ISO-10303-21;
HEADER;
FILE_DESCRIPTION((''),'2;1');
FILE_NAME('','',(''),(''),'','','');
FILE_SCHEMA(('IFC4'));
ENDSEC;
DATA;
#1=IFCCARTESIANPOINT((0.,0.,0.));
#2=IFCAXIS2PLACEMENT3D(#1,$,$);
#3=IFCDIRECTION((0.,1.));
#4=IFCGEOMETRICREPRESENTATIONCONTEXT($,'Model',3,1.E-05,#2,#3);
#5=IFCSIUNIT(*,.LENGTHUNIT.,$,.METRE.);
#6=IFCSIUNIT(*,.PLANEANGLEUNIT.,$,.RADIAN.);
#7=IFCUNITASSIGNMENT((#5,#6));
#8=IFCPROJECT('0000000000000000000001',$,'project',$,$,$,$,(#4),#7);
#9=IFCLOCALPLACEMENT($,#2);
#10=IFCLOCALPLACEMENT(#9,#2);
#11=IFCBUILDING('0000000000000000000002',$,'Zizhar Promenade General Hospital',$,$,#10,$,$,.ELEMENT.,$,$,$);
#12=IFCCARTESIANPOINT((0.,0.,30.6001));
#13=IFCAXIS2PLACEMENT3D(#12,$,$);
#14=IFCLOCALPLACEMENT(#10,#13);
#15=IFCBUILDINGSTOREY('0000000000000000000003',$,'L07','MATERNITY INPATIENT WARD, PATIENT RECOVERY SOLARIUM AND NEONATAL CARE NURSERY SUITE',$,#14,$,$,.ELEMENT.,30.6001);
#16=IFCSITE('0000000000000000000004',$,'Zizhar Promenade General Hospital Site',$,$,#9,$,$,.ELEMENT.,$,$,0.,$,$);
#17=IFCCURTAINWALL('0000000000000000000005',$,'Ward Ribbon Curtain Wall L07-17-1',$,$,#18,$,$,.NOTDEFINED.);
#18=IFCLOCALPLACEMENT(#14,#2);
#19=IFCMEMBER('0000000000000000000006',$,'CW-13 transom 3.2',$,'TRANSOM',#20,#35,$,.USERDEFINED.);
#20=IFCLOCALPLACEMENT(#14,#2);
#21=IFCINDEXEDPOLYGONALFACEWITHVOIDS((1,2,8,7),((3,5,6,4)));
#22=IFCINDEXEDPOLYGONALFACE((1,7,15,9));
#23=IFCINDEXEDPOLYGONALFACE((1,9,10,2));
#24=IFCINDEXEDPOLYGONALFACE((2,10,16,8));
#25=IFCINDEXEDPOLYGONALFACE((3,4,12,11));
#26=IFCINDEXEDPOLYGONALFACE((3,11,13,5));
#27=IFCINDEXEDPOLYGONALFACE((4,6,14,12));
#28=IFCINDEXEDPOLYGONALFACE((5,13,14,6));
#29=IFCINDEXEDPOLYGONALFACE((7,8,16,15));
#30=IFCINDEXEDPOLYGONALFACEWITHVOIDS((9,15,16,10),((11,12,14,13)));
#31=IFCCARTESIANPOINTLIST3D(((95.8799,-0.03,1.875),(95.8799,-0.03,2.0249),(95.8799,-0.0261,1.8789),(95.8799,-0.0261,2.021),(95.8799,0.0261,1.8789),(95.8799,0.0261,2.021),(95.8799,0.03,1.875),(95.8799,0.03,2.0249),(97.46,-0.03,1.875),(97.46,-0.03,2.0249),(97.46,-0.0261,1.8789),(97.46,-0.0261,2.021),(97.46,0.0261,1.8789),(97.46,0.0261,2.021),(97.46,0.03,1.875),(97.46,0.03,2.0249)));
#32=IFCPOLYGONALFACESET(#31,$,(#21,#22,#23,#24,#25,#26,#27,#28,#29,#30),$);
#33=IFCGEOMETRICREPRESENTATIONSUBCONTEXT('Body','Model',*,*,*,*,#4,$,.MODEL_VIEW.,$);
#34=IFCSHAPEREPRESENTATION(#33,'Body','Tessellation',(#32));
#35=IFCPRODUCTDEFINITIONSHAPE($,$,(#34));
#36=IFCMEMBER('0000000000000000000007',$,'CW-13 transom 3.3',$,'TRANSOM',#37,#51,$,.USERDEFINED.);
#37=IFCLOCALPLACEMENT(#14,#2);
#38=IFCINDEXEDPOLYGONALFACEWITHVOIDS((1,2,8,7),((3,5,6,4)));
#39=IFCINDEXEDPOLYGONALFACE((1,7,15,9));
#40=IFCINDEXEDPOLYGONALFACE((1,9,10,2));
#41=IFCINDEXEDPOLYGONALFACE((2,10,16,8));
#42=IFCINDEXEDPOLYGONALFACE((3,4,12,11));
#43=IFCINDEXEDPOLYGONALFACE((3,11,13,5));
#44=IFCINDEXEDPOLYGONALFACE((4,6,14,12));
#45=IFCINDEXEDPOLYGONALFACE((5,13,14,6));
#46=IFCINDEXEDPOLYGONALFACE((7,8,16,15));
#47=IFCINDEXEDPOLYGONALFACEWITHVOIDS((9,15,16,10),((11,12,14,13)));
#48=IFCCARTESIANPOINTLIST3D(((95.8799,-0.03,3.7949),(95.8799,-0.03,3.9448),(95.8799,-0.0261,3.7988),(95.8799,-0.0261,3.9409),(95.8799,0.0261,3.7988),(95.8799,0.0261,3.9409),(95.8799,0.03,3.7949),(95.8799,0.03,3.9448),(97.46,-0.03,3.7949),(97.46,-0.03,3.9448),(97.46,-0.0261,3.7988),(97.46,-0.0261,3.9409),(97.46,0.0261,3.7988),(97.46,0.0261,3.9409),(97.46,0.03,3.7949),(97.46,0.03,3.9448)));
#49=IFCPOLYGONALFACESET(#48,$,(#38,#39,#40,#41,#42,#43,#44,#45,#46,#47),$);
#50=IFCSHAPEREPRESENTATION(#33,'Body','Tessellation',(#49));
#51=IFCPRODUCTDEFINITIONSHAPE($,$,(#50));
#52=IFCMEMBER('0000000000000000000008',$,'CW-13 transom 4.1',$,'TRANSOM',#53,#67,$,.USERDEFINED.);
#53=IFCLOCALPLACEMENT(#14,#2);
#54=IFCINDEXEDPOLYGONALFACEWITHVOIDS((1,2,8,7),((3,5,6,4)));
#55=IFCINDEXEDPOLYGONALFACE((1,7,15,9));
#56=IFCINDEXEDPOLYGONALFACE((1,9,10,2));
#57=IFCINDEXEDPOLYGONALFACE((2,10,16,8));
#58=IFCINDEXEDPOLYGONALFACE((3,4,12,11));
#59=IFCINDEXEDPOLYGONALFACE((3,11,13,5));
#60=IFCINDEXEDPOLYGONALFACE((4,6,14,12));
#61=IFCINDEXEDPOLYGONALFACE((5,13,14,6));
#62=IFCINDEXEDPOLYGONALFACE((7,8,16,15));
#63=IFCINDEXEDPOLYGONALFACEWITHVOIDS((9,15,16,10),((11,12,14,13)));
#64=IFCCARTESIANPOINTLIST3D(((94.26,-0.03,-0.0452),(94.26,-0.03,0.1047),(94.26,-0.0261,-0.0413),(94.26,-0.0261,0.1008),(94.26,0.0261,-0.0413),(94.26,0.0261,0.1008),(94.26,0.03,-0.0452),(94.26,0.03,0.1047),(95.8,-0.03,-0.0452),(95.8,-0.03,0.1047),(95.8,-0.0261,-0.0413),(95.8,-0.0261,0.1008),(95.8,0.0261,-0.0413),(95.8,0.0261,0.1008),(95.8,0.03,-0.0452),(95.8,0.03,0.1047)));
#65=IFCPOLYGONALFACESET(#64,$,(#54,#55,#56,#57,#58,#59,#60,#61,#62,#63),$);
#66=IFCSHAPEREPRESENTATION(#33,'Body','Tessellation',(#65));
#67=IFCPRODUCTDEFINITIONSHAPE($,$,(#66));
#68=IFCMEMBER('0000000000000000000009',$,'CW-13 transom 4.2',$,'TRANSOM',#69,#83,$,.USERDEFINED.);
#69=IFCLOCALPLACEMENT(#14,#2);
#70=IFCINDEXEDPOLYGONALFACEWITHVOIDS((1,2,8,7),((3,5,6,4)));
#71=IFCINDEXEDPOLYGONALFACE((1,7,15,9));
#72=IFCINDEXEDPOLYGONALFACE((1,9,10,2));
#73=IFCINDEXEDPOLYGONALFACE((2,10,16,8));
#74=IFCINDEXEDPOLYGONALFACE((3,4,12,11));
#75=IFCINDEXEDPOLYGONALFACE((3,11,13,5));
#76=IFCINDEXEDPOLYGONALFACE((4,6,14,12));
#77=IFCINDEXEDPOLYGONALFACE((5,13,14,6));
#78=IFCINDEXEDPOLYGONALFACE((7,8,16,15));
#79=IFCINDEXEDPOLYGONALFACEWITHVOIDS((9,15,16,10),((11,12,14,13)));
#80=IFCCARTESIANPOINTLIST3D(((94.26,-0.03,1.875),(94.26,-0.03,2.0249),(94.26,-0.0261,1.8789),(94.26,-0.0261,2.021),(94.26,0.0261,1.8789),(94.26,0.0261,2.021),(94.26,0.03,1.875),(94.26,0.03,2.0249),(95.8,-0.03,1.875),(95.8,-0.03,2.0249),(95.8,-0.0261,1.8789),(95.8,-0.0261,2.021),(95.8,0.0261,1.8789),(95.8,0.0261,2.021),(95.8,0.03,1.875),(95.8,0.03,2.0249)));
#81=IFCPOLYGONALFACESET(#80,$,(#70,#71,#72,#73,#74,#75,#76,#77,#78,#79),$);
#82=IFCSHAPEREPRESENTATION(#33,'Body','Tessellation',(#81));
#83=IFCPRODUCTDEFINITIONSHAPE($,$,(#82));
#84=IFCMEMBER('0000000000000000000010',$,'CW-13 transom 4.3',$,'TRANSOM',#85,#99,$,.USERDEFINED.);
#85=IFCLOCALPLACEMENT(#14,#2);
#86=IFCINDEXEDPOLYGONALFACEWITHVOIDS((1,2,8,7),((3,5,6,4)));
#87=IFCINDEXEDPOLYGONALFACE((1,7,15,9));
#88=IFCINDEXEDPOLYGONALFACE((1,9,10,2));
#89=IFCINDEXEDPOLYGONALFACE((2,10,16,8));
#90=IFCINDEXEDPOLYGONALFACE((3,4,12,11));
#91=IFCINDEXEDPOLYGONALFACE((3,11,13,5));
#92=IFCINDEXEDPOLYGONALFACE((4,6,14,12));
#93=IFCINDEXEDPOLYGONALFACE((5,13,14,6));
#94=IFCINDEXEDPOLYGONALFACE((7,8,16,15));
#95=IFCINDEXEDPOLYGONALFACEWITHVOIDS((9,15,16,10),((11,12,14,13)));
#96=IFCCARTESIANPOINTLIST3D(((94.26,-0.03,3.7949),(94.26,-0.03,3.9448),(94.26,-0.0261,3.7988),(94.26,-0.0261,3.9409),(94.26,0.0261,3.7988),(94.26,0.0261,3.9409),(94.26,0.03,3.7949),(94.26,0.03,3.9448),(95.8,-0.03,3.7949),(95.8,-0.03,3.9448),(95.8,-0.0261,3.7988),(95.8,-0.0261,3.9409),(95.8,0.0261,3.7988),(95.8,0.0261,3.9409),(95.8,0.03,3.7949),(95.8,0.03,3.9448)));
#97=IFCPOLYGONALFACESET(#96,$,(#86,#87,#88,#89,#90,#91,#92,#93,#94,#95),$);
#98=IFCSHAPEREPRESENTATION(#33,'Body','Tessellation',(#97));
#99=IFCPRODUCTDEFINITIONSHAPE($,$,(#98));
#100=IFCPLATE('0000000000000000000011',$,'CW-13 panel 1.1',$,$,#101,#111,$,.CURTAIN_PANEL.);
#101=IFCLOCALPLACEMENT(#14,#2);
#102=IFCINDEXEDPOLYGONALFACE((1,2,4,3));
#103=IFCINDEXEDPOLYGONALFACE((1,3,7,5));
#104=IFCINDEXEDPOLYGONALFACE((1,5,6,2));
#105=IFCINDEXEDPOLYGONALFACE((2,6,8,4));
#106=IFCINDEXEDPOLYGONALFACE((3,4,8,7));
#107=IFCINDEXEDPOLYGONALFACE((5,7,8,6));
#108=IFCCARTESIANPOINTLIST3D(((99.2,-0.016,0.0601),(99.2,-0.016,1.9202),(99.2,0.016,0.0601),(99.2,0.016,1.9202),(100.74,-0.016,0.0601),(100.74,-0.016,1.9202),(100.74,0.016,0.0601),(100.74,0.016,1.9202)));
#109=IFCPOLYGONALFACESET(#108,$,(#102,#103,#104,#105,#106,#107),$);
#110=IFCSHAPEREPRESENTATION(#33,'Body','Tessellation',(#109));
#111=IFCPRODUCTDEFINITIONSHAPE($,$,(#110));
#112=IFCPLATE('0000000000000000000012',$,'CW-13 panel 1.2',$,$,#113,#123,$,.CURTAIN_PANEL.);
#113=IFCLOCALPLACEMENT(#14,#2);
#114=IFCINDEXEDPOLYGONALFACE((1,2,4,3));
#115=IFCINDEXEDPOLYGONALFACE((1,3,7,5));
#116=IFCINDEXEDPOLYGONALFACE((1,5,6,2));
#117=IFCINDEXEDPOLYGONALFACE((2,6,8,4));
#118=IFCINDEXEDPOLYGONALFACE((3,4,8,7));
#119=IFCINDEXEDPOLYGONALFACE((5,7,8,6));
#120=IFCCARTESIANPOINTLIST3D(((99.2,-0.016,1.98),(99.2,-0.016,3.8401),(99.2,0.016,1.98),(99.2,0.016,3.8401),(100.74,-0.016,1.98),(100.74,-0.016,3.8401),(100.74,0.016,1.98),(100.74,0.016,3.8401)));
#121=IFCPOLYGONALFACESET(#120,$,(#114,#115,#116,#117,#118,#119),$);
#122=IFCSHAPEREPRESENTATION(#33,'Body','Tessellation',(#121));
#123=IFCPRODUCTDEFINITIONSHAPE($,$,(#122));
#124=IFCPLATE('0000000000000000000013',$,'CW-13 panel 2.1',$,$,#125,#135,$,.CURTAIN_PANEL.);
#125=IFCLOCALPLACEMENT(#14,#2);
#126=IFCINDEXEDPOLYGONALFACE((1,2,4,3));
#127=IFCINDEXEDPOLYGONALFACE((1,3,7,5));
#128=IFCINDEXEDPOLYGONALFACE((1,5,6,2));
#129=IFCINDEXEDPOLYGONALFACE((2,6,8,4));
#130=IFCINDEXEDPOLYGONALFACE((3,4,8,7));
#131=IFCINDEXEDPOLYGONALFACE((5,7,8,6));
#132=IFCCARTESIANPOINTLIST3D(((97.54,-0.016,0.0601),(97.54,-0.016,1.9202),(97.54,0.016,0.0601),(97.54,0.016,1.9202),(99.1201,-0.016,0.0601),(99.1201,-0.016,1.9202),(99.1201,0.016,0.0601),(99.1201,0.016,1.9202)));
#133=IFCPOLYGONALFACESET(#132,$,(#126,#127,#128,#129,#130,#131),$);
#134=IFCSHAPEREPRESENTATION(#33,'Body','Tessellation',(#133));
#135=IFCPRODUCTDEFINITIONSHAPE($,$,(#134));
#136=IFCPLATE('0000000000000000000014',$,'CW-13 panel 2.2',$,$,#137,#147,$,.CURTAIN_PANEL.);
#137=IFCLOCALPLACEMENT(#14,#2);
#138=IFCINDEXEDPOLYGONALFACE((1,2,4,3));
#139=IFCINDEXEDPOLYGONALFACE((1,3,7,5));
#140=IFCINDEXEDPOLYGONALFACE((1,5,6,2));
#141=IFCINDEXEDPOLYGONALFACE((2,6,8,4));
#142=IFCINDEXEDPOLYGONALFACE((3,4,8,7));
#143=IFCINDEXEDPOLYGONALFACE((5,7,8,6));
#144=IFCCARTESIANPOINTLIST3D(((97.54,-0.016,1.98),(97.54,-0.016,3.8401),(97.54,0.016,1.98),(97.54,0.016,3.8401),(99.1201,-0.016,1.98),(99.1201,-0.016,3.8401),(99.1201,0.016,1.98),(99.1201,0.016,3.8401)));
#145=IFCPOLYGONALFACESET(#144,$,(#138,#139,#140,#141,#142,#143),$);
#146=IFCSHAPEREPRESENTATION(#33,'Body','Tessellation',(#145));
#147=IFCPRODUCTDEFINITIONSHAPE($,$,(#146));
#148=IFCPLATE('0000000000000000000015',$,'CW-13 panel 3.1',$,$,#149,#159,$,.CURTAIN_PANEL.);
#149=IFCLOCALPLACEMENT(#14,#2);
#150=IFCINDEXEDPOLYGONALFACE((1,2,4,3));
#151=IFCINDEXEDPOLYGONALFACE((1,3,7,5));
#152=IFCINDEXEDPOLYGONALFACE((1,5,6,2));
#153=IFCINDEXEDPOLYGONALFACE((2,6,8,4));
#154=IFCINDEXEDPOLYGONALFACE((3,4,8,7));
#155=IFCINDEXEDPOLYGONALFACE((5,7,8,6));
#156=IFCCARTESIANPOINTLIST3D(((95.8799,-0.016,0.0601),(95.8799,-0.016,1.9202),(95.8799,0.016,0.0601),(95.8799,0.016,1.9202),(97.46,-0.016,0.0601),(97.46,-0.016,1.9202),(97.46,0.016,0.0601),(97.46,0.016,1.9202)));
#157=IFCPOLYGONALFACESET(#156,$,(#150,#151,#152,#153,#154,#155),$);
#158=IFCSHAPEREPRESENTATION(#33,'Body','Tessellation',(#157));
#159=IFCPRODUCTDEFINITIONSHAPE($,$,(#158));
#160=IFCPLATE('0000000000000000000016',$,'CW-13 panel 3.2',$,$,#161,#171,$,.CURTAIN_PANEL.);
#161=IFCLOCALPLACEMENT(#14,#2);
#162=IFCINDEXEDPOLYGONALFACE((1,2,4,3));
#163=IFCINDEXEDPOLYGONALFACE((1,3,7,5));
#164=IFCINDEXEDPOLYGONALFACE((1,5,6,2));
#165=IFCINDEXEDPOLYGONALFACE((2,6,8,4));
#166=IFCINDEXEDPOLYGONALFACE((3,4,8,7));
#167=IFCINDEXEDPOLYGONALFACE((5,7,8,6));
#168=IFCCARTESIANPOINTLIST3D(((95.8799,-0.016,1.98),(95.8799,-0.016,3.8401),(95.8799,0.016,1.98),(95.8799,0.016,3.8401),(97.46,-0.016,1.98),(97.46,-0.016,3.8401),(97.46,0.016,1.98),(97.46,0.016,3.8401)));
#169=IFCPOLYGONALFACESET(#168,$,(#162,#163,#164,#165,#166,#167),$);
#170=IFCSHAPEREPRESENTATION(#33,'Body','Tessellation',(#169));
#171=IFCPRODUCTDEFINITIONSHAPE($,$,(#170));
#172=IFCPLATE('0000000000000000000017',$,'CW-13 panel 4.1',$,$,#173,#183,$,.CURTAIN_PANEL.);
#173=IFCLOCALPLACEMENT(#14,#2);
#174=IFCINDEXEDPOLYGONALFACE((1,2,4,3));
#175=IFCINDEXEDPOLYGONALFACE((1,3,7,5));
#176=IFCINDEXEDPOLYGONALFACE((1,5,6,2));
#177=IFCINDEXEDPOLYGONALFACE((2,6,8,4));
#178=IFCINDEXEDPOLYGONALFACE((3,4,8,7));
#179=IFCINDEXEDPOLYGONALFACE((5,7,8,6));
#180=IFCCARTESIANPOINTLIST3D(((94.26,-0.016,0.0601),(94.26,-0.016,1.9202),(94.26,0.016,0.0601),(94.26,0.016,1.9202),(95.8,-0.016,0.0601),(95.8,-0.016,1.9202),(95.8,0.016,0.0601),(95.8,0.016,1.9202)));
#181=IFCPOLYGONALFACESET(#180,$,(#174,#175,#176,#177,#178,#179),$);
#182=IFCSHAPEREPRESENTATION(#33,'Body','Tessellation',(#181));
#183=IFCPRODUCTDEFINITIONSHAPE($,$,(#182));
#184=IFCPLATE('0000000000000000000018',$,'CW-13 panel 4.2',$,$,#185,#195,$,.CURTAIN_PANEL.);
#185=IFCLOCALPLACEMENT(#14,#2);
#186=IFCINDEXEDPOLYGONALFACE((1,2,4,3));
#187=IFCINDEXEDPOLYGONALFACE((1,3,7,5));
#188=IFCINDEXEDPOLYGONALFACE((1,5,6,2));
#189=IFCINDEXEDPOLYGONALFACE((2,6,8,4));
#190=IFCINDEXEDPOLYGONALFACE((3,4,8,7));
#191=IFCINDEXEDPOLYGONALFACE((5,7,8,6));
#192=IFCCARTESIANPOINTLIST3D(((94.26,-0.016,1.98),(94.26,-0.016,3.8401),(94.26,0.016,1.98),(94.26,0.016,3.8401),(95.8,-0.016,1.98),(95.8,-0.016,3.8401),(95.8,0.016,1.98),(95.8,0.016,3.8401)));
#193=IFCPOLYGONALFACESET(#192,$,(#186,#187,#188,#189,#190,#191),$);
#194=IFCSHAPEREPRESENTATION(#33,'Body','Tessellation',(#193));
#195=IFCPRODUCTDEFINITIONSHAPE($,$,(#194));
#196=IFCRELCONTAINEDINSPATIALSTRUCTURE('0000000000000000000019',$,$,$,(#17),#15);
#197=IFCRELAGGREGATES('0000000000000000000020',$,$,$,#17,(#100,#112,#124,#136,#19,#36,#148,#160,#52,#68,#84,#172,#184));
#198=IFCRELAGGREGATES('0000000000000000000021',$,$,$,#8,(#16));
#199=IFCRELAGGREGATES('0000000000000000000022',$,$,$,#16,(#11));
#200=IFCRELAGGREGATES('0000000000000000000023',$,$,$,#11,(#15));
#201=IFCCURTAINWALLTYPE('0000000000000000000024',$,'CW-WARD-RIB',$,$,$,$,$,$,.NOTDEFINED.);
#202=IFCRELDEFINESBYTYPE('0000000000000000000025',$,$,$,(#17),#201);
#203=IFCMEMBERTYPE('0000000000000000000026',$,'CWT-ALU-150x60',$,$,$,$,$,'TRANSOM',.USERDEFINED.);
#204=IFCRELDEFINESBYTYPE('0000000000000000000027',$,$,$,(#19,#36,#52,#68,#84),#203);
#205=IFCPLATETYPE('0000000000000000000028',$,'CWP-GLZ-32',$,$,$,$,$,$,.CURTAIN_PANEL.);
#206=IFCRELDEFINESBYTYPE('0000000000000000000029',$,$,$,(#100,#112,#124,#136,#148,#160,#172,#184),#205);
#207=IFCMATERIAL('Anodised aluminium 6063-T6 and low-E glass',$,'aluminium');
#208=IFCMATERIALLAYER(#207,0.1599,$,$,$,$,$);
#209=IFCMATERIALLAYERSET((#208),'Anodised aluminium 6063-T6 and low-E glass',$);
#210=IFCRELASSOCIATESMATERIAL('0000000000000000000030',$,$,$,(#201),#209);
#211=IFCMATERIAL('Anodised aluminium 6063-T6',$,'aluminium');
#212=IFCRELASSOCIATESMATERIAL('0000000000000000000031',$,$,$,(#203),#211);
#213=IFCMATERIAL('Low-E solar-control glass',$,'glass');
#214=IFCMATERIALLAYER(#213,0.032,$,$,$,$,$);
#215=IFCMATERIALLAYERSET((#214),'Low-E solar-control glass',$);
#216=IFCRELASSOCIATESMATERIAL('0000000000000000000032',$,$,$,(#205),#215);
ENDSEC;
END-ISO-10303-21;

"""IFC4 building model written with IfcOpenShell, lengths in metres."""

from ifc_helpers import new_model, si_unit, direction, frame, origin, origin_2d, place, context, subcontext, project, spatial, rectangle, hollow_rectangle, extrude, material, layer, layer_set, material_profile, profile_set, type_object, element, aggregate, save


model = new_model("IFC4")

# Units and contexts
model_context = context("Model", 3, precision=1e-05, world=origin(), true_north=direction((0.0, 1.0)))
body_context = subcontext(model_context, "Body", "Model", "MODEL_VIEW")
ifc_project = project(units=[si_unit("LENGTHUNIT", "METRE"), si_unit("PLANEANGLEUNIT", "RADIAN")], contexts=[model_context])

# Site, building, storey
site_placement = place(None, origin())
site = spatial("IfcSite", under=ifc_project, at=site_placement, Name="Zizhar Promenade General Hospital Site", CompositionType="ELEMENT", RefElevation=0.0)
building_placement = place(site_placement, origin())
building = spatial("IfcBuilding", under=site, at=building_placement, Name="Zizhar Promenade General Hospital", CompositionType="ELEMENT")
storey_placement = place(building_placement, frame((0.0, 0.0, 30.6001)))
storey = spatial("IfcBuildingStorey", under=building, at=storey_placement, Name="L07", Description="MATERNITY INPATIENT WARD, PATIENT RECOVERY SOLARIUM AND NEONATAL CARE NURSERY SUITE", CompositionType="ELEMENT", Elevation=30.6001)

# Curtain wall, members, plates
ifc_material_1 = material(Name="Anodised aluminium 6063-T6 and low-E glass", Category="aluminium")
ifc_layer_1 = layer(ifc_material_1, 0.1599)
ifc_layer_set_1 = layer_set([ifc_layer_1], Name="Anodised aluminium 6063-T6 and low-E glass")
curtain_wall_type = type_object("IfcCurtainWallType", Name="CW-WARD-RIB", PredefinedType="NOTDEFINED", material=ifc_layer_set_1)
curtain_wall_placement = place(storey_placement, origin())
curtain_wall = element("IfcCurtainWall", 1, at=curtain_wall_placement, inside=storey, type_object=curtain_wall_type, Name="Ward Ribbon Curtain Wall L07-17-1", PredefinedType="NOTDEFINED")
ifc_material_2 = material(Name="Anodised aluminium 6063-T6", Category="aluminium")
ifc_material_profile_1 = material_profile(ifc_material_2, hollow_rectangle(XDim=0.0601, YDim=0.1499, WallThickness=0.0039, at=origin_2d()))
ifc_profile_set_1 = profile_set([ifc_material_profile_1], Name="Anodised aluminium 6063-T6")
member_type_1 = type_object("IfcMemberType", Name="CWT-ALU-150x60", ElementType="TRANSOM", PredefinedType="USERDEFINED", material=ifc_profile_set_1)
member_1_placement = place(storey_placement, frame((97.46, 0.0, 1.95), z_axis=(-1.0, 0.0, 0.0), x_axis=(0.0, -1.0, 0.0)))
member_1 = element("IfcMember", 2, at=member_1_placement, type_object=member_type_1, Name="CW-13 transom 3.2", ObjectType="TRANSOM", PredefinedType="USERDEFINED", context=body_context, shape_type="SweptSolid", body=[
    extrude(hollow_rectangle(XDim=0.0601, YDim=0.1499, WallThickness=0.0039, at=origin_2d()), origin(), (0.0, 0.0, 1.0), 1.5801),
])
member_2_placement = place(storey_placement, frame((97.46, 0.0, 3.8699), z_axis=(-1.0, 0.0, 0.0), x_axis=(0.0, -1.0, 0.0)))
member_2 = element("IfcMember", 3, at=member_2_placement, type_object=member_type_1, Name="CW-13 transom 3.3", ObjectType="TRANSOM", PredefinedType="USERDEFINED", context=body_context, shape_type="SweptSolid", body=[
    extrude(hollow_rectangle(XDim=0.0601, YDim=0.1499, WallThickness=0.0039, at=origin_2d()), origin(), (0.0, 0.0, 1.0), 1.5801),
])
member_3_placement = place(storey_placement, frame((95.8, 0.0, 0.0298), z_axis=(-1.0, 0.0, 0.0), x_axis=(0.0, -1.0, 0.0)))
member_3 = element("IfcMember", 4, at=member_3_placement, type_object=member_type_1, Name="CW-13 transom 4.1", ObjectType="TRANSOM", PredefinedType="USERDEFINED", context=body_context, shape_type="SweptSolid", body=[
    extrude(hollow_rectangle(XDim=0.0601, YDim=0.1499, WallThickness=0.0039, at=origin_2d()), origin(), (0.0, 0.0, 1.0), 1.54),
])
member_4_placement = place(storey_placement, frame((95.8, 0.0, 1.95), z_axis=(-1.0, 0.0, 0.0), x_axis=(0.0, -1.0, 0.0)))
member_4 = element("IfcMember", 5, at=member_4_placement, type_object=member_type_1, Name="CW-13 transom 4.2", ObjectType="TRANSOM", PredefinedType="USERDEFINED", context=body_context, shape_type="SweptSolid", body=[
    extrude(hollow_rectangle(XDim=0.0601, YDim=0.1499, WallThickness=0.0039, at=origin_2d()), origin(), (0.0, 0.0, 1.0), 1.54),
])
member_5_placement = place(storey_placement, frame((95.8, 0.0, 3.8699), z_axis=(-1.0, 0.0, 0.0), x_axis=(0.0, -1.0, 0.0)))
member_5 = element("IfcMember", 6, at=member_5_placement, type_object=member_type_1, Name="CW-13 transom 4.3", ObjectType="TRANSOM", PredefinedType="USERDEFINED", context=body_context, shape_type="SweptSolid", body=[
    extrude(hollow_rectangle(XDim=0.0601, YDim=0.1499, WallThickness=0.0039, at=origin_2d()), origin(), (0.0, 0.0, 1.0), 1.54),
])
ifc_material_3 = material(Name="Low-E solar-control glass", Category="glass")
ifc_layer_2 = layer(ifc_material_3, 0.032)
ifc_layer_set_2 = layer_set([ifc_layer_2], Name="Low-E solar-control glass")
plate_type = type_object("IfcPlateType", Name="CWP-GLZ-32", PredefinedType="CURTAIN_PANEL", material=ifc_layer_set_2)
plate_1_placement = place(storey_placement, frame((99.97, 0.0, 0.0601), z_axis=(0.0, 0.0, 1.0), x_axis=(-1.0, 0.0, 0.0)))
plate_1 = element("IfcPlate", 7, at=plate_1_placement, type_object=plate_type, Name="CW-13 panel 1.1", PredefinedType="CURTAIN_PANEL", context=body_context, shape_type="SweptSolid", body=[
    extrude(rectangle(XDim=1.54, YDim=0.032, at=origin_2d()), origin(), (0.0, 0.0, 1.0), 1.8601),
])
plate_2_placement = place(storey_placement, frame((99.97, 0.0, 1.98), z_axis=(0.0, 0.0, 1.0), x_axis=(-1.0, 0.0, 0.0)))
plate_2 = element("IfcPlate", 8, at=plate_2_placement, type_object=plate_type, Name="CW-13 panel 1.2", PredefinedType="CURTAIN_PANEL", context=body_context, shape_type="SweptSolid", body=[
    extrude(rectangle(XDim=1.54, YDim=0.032, at=origin_2d()), origin(), (0.0, 0.0, 1.0), 1.8601),
])
plate_3_placement = place(storey_placement, frame((98.3301, 0.0, 0.0601), z_axis=(0.0, 0.0, 1.0), x_axis=(-1.0, 0.0, 0.0)))
plate_3 = element("IfcPlate", 9, at=plate_3_placement, type_object=plate_type, Name="CW-13 panel 2.1", PredefinedType="CURTAIN_PANEL", context=body_context, shape_type="SweptSolid", body=[
    extrude(rectangle(XDim=1.5801, YDim=0.032, at=origin_2d()), origin(), (0.0, 0.0, 1.0), 1.8601),
])
plate_4_placement = place(storey_placement, frame((98.3301, 0.0, 1.98), z_axis=(0.0, 0.0, 1.0), x_axis=(-1.0, 0.0, 0.0)))
plate_4 = element("IfcPlate", 10, at=plate_4_placement, type_object=plate_type, Name="CW-13 panel 2.2", PredefinedType="CURTAIN_PANEL", context=body_context, shape_type="SweptSolid", body=[
    extrude(rectangle(XDim=1.5801, YDim=0.032, at=origin_2d()), origin(), (0.0, 0.0, 1.0), 1.8601),
])
plate_5_placement = place(storey_placement, frame((96.6699, 0.0, 0.0601), z_axis=(0.0, 0.0, 1.0), x_axis=(-1.0, 0.0, 0.0)))
plate_5 = element("IfcPlate", 11, at=plate_5_placement, type_object=plate_type, Name="CW-13 panel 3.1", PredefinedType="CURTAIN_PANEL", context=body_context, shape_type="SweptSolid", body=[
    extrude(rectangle(XDim=1.5801, YDim=0.032, at=origin_2d()), origin(), (0.0, 0.0, 1.0), 1.8601),
])
plate_6_placement = place(storey_placement, frame((96.6699, 0.0, 1.98), z_axis=(0.0, 0.0, 1.0), x_axis=(-1.0, 0.0, 0.0)))
plate_6 = element("IfcPlate", 12, at=plate_6_placement, type_object=plate_type, Name="CW-13 panel 3.2", PredefinedType="CURTAIN_PANEL", context=body_context, shape_type="SweptSolid", body=[
    extrude(rectangle(XDim=1.5801, YDim=0.032, at=origin_2d()), origin(), (0.0, 0.0, 1.0), 1.8601),
])
plate_7_placement = place(storey_placement, frame((95.03, 0.0, 0.0601), z_axis=(0.0, 0.0, 1.0), x_axis=(-1.0, 0.0, 0.0)))
plate_7 = element("IfcPlate", 13, at=plate_7_placement, type_object=plate_type, Name="CW-13 panel 4.1", PredefinedType="CURTAIN_PANEL", context=body_context, shape_type="SweptSolid", body=[
    extrude(rectangle(XDim=1.54, YDim=0.032, at=origin_2d()), origin(), (0.0, 0.0, 1.0), 1.8601),
])
plate_8_placement = place(storey_placement, frame((95.03, 0.0, 1.98), z_axis=(0.0, 0.0, 1.0), x_axis=(-1.0, 0.0, 0.0)))
plate_8 = element("IfcPlate", 14, at=plate_8_placement, type_object=plate_type, Name="CW-13 panel 4.2", PredefinedType="CURTAIN_PANEL", context=body_context, shape_type="SweptSolid", body=[
    extrude(rectangle(XDim=1.54, YDim=0.032, at=origin_2d()), origin(), (0.0, 0.0, 1.0), 1.8601),
])
aggregate(curtain_wall, [plate_1, plate_2, plate_3, plate_4, member_1, member_2, plate_5, plate_6, member_3, member_4, member_5, plate_7, plate_8])

save(model, "model.ifc")
